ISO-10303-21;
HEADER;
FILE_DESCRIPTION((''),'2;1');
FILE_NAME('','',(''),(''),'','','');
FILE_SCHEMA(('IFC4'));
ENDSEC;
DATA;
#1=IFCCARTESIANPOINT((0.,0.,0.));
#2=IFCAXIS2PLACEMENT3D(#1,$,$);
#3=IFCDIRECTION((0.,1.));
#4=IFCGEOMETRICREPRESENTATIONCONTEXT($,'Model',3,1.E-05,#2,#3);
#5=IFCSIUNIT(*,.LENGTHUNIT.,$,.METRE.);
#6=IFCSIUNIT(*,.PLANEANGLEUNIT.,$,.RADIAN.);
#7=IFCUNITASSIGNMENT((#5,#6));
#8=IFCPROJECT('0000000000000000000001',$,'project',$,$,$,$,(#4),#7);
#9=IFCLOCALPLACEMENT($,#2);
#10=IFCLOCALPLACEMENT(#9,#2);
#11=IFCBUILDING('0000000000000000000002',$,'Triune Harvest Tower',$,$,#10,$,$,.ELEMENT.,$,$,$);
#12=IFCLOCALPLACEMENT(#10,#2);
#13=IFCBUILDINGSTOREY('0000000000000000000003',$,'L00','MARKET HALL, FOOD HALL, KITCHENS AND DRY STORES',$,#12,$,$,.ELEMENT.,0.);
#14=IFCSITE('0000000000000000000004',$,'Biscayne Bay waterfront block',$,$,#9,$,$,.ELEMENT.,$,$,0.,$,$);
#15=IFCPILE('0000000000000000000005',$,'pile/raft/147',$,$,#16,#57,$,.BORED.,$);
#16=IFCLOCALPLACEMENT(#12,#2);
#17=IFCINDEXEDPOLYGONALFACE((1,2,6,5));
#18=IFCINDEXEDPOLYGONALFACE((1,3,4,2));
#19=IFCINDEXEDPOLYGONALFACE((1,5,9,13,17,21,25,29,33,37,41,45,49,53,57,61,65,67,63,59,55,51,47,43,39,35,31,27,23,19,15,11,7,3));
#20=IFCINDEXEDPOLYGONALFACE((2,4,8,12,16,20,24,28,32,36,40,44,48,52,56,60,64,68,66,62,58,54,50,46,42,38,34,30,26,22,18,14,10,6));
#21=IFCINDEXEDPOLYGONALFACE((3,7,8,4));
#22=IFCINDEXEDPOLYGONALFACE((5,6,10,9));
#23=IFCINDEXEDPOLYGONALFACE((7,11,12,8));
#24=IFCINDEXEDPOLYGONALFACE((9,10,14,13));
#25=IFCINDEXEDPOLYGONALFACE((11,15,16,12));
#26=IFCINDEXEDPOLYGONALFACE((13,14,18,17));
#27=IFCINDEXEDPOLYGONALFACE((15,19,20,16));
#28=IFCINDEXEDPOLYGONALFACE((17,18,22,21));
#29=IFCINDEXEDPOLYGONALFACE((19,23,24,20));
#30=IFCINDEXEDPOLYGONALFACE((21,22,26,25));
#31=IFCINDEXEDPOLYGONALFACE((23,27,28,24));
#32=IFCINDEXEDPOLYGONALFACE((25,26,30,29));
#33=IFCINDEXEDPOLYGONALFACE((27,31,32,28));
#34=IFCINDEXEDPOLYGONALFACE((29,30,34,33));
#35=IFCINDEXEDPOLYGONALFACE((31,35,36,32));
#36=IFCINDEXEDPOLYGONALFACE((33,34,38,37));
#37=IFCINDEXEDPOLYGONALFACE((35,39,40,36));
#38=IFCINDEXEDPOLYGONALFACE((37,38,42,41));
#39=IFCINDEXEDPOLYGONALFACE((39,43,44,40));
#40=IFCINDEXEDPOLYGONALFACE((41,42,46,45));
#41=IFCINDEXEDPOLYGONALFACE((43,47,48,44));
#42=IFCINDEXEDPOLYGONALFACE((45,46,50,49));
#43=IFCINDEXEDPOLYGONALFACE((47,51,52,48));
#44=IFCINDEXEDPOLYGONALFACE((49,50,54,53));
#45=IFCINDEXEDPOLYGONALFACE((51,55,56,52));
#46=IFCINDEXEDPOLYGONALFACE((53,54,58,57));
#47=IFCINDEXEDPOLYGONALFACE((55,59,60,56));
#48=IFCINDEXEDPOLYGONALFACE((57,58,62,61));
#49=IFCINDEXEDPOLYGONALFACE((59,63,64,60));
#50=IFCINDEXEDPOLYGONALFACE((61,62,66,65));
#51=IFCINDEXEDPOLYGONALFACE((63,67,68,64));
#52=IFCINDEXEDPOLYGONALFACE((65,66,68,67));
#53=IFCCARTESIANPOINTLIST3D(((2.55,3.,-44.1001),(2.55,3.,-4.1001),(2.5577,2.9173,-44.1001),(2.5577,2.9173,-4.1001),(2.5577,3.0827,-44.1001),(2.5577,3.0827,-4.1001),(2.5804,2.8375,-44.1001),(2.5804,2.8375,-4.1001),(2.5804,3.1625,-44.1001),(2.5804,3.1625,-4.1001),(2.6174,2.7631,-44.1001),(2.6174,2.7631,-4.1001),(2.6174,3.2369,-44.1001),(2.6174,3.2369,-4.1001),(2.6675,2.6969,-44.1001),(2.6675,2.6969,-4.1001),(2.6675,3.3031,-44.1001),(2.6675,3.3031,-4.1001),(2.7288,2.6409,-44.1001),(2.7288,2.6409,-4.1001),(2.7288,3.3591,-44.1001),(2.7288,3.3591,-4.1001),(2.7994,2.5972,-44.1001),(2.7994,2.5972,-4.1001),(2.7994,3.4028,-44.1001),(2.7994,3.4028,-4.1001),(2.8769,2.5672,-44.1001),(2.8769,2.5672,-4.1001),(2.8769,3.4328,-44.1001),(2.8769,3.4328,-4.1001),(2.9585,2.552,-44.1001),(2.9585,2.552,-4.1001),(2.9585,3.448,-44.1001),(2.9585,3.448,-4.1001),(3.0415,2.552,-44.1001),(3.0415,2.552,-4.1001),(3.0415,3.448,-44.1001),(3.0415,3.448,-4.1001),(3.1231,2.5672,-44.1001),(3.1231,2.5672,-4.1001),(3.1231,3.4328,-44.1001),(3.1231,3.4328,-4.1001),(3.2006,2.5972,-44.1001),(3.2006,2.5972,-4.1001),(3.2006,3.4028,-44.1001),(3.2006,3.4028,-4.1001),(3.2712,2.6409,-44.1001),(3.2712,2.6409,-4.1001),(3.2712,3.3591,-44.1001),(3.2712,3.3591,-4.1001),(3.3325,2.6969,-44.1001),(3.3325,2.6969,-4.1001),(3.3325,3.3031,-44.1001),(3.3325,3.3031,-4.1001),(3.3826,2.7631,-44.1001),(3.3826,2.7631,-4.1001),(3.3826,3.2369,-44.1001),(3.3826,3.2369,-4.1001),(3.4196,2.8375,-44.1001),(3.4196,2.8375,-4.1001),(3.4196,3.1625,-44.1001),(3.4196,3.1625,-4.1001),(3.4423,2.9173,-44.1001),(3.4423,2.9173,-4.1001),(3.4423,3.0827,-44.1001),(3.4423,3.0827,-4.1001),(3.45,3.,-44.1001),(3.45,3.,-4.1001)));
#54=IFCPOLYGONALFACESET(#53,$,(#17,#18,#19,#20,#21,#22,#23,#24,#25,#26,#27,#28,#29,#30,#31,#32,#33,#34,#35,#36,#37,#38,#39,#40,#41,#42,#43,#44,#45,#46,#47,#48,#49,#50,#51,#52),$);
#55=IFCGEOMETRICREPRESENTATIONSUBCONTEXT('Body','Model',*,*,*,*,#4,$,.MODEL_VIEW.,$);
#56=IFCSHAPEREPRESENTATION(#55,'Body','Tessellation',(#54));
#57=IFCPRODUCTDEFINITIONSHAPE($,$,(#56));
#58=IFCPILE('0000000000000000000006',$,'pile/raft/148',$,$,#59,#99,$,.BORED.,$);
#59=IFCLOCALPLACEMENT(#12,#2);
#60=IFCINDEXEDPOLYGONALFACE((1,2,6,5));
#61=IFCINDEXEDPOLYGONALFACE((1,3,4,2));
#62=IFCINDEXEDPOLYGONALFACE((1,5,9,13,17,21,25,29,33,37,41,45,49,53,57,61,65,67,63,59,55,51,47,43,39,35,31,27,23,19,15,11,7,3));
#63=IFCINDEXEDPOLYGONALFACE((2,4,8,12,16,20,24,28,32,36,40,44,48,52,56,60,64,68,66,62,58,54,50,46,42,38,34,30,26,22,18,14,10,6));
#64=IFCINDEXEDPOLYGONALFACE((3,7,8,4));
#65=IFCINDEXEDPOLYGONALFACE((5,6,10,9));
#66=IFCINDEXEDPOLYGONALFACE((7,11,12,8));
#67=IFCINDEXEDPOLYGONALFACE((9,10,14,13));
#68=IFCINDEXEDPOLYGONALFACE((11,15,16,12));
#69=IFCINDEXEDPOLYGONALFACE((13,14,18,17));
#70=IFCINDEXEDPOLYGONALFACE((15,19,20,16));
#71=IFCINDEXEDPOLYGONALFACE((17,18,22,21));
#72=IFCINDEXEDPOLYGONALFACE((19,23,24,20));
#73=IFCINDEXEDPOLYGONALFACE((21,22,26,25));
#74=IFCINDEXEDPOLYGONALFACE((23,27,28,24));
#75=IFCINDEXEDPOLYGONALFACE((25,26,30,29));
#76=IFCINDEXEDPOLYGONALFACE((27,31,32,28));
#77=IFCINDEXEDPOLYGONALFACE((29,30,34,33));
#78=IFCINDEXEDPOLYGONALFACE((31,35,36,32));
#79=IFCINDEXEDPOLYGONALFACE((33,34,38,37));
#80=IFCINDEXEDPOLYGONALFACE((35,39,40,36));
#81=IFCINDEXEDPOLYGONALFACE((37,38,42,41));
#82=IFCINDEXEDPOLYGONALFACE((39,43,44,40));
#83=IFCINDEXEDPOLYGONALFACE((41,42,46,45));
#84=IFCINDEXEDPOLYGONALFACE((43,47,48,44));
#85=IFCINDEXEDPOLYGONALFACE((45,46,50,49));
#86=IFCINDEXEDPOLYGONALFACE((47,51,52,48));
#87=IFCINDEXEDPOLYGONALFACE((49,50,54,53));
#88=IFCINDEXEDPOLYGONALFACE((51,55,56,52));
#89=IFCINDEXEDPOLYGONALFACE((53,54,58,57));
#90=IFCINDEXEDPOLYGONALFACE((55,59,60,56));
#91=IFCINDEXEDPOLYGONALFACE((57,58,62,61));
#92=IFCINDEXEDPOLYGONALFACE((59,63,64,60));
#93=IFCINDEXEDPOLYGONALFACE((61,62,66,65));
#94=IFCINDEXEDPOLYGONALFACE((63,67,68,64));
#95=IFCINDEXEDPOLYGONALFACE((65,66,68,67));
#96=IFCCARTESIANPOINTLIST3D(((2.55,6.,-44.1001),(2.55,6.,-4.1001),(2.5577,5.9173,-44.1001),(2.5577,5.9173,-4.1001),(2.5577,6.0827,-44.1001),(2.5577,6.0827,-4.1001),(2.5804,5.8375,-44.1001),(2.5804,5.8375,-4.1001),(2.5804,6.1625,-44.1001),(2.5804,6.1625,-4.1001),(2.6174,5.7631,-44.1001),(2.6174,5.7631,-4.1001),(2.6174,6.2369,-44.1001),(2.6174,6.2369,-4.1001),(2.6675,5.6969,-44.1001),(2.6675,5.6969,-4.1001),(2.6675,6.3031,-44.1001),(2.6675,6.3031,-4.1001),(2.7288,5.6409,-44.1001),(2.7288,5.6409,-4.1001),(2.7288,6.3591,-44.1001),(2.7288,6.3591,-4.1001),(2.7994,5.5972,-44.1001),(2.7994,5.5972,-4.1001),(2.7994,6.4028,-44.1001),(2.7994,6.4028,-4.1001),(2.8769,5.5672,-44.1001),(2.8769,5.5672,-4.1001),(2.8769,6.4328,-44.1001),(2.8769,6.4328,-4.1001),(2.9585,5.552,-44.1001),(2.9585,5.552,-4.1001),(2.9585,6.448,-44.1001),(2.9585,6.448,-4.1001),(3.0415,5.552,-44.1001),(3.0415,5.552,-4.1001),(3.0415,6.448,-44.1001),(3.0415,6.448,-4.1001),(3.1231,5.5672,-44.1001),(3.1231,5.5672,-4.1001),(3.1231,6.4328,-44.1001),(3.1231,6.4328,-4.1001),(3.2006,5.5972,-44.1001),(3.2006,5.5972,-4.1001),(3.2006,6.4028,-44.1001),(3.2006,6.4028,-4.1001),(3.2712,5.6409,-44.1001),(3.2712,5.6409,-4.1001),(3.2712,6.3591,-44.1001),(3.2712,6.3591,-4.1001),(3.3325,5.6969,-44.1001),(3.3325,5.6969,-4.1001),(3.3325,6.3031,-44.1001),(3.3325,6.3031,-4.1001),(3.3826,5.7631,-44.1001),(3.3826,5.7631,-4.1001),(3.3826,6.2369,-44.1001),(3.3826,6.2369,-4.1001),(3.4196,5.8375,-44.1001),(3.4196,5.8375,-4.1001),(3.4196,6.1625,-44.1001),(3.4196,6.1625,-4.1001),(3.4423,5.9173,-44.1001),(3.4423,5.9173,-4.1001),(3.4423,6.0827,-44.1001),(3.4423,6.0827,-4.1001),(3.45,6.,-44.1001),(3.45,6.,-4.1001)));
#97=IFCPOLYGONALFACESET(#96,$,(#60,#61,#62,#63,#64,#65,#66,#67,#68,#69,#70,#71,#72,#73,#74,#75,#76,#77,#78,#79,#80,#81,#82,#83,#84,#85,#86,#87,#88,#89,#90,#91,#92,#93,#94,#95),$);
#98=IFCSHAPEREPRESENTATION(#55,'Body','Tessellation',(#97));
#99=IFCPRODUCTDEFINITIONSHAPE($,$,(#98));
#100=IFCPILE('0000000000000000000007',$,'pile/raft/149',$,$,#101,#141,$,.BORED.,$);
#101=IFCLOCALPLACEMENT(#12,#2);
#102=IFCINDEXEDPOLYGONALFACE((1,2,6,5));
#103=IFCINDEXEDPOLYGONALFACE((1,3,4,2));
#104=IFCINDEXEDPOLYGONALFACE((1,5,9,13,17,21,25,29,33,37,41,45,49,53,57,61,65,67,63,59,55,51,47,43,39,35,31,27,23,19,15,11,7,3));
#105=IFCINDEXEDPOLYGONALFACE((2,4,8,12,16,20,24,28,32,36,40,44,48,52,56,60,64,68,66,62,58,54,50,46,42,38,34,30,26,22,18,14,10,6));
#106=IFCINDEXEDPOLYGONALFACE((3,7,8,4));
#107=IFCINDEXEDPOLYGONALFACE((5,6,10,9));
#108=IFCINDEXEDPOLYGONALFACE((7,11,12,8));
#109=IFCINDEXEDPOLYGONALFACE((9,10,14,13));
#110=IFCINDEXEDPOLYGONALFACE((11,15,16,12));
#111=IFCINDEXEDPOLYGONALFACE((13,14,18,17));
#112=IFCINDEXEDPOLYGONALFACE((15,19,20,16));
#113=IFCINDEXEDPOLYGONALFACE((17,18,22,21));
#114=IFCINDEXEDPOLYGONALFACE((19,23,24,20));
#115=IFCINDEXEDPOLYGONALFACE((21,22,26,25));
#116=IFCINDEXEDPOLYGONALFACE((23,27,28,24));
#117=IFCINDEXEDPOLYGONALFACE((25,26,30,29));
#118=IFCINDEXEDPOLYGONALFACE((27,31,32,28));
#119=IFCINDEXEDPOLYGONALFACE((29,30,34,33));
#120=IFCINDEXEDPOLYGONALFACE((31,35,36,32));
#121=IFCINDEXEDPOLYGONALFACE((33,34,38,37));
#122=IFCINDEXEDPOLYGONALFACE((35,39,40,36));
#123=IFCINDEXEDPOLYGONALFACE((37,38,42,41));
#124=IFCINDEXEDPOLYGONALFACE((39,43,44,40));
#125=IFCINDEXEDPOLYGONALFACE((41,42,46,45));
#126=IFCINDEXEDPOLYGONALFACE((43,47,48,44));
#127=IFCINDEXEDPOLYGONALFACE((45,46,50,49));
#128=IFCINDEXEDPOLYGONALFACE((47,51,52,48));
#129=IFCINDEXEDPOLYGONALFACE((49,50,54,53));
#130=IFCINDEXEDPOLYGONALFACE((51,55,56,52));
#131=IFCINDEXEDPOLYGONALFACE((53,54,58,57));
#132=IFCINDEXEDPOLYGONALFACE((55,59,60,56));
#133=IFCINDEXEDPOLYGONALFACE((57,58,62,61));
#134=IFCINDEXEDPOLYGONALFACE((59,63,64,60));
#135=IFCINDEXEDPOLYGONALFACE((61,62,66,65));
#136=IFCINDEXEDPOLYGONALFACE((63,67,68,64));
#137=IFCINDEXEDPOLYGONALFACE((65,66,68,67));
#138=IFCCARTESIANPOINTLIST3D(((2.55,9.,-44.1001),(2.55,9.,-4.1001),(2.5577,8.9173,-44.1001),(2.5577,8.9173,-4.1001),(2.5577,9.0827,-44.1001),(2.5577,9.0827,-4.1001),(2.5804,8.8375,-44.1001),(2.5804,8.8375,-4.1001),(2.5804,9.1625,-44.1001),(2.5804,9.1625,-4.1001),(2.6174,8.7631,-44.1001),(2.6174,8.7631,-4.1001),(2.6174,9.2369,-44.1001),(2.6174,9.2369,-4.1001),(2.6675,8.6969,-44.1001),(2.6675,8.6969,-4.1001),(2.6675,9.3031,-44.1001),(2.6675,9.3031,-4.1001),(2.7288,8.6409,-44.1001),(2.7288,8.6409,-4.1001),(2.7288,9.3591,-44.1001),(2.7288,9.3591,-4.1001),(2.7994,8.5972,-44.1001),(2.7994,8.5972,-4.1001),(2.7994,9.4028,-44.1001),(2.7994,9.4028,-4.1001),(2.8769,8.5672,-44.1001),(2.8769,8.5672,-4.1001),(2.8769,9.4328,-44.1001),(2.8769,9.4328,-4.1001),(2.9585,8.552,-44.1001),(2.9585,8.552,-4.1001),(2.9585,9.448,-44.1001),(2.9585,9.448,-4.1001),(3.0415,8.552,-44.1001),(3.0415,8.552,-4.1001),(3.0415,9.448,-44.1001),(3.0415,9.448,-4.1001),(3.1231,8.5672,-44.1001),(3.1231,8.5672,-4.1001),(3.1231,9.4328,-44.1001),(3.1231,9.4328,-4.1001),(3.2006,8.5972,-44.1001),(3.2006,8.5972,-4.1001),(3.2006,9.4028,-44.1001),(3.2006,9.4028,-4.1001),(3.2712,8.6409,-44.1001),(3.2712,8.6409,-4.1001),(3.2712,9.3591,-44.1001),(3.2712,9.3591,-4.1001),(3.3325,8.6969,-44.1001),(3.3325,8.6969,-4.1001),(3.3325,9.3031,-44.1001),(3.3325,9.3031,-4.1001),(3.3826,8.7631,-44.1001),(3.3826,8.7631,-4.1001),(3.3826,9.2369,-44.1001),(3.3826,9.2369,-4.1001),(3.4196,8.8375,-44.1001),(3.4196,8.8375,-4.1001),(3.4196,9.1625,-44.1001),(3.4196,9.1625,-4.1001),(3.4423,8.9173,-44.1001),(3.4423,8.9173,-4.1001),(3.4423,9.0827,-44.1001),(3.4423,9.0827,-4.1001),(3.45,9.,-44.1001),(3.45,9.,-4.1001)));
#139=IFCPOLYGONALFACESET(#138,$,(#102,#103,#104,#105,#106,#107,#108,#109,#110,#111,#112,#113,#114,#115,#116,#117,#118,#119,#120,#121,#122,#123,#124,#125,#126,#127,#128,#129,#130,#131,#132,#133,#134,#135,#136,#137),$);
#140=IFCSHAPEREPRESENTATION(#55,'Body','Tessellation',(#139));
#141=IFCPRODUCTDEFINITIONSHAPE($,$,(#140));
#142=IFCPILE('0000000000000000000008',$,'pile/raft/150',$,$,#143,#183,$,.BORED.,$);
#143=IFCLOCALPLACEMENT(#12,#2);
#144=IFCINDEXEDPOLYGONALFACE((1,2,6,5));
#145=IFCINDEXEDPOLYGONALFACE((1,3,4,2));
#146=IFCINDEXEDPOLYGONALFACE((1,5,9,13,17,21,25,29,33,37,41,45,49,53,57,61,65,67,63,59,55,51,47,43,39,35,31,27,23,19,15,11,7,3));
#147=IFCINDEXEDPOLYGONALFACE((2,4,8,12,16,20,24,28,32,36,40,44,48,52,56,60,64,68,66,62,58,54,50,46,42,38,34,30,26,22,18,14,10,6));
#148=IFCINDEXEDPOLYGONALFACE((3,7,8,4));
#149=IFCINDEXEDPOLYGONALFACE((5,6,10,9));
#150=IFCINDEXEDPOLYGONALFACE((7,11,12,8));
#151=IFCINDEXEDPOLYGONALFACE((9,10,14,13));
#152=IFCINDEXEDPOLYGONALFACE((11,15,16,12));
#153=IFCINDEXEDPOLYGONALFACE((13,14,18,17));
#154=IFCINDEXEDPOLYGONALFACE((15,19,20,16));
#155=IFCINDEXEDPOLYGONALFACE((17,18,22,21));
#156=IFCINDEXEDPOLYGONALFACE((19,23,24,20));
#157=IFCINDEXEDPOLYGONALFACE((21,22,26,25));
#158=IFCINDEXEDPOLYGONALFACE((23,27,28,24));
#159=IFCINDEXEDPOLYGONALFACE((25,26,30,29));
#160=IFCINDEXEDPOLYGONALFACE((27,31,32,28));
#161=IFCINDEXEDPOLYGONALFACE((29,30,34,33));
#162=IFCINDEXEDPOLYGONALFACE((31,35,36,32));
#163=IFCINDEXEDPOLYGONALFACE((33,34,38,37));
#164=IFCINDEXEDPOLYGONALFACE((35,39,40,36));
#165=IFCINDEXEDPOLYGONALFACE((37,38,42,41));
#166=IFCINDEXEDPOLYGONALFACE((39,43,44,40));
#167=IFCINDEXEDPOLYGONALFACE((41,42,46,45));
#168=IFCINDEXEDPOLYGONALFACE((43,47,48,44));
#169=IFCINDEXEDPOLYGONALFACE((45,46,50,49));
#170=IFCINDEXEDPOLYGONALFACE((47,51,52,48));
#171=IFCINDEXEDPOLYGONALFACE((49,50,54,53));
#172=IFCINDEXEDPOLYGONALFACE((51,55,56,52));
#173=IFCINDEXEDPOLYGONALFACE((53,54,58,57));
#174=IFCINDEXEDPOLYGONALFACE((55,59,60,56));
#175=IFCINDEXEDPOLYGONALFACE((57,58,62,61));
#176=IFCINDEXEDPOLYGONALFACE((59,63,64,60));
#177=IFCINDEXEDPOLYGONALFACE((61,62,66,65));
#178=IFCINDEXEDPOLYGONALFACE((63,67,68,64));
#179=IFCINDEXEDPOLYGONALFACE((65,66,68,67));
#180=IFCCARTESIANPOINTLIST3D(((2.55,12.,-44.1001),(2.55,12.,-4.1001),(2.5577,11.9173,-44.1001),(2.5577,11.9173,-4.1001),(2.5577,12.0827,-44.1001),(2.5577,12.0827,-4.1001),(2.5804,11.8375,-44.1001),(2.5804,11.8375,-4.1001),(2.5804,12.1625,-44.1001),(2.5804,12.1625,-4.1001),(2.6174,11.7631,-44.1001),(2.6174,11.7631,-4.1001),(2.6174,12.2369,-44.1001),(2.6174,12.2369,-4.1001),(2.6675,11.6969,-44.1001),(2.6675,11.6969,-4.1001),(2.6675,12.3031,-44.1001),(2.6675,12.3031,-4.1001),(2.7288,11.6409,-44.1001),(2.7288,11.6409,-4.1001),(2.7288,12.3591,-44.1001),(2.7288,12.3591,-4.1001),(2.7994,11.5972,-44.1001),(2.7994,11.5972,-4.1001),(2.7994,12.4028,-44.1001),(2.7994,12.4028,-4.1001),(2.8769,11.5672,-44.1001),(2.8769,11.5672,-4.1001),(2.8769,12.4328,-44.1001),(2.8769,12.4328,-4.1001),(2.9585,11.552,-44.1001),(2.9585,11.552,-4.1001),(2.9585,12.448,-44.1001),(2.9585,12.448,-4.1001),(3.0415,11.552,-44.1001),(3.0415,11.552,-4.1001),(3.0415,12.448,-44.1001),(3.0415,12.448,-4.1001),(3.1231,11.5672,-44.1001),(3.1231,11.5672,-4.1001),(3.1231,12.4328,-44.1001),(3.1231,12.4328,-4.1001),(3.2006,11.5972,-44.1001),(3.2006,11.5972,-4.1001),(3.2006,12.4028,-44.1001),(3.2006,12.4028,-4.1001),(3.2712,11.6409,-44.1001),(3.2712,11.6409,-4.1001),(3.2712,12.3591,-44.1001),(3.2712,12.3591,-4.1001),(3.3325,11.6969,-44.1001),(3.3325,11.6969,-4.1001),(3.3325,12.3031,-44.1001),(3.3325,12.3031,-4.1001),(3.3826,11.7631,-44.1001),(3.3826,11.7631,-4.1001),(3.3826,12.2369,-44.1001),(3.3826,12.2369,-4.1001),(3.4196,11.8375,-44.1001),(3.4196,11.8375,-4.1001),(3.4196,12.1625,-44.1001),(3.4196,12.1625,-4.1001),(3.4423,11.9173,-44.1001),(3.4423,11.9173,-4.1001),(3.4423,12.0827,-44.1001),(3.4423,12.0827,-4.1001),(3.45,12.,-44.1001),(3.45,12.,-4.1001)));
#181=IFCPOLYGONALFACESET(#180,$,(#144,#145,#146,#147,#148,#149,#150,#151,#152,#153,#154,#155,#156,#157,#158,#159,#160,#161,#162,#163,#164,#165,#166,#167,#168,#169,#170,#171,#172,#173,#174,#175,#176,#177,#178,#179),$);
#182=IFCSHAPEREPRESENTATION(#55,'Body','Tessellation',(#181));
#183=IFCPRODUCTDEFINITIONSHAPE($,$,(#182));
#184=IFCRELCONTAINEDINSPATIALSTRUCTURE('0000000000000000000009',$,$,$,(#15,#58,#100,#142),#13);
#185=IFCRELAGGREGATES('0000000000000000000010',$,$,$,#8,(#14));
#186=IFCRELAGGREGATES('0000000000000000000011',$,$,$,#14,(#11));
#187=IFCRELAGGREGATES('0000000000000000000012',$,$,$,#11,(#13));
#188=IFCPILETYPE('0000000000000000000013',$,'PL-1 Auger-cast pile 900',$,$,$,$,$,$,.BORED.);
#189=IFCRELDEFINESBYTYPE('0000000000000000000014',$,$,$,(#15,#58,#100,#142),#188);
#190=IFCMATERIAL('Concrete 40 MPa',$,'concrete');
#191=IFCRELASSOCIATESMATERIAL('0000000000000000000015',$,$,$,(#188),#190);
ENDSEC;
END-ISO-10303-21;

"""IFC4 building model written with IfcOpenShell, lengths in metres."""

from ifc_helpers import new_model, si_unit, direction, frame, origin, origin_2d, place, context, subcontext, project, spatial, circle, extrude, source, transform, mapped, material, material_profile, profile_set, type_object, element, save


model = new_model("IFC4")

# Units and contexts
model_context = context("Model", 3, precision=1e-05, world=origin(), true_north=direction((0.0, 1.0)))
body_context = subcontext(model_context, "Body", "Model", "MODEL_VIEW")
ifc_project = project(units=[si_unit("LENGTHUNIT", "METRE"), si_unit("PLANEANGLEUNIT", "RADIAN")], contexts=[model_context])

# Site, building, storey
site_placement = place(None, origin())
site = spatial("IfcSite", under=ifc_project, at=site_placement, Name="Biscayne Bay waterfront block", CompositionType="ELEMENT", RefElevation=0.0)
building_placement = place(site_placement, origin())
building = spatial("IfcBuilding", under=site, at=building_placement, Name="Triune Harvest Tower", CompositionType="ELEMENT")
storey_placement = place(building_placement, origin())
storey = spatial("IfcBuildingStorey", under=building, at=storey_placement, Name="L00", Description="MARKET HALL, FOOD HALL, KITCHENS AND DRY STORES", CompositionType="ELEMENT", Elevation=0.0)

# Piles
ifc_material_1 = material(Name="Concrete 40 MPa", Category="concrete")
ifc_material_profile = material_profile(ifc_material_1, circle(Radius=0.45, at=origin_2d()), Name="Bored 900")
ifc_profile_set = profile_set([ifc_material_profile], Name="Concrete 40 MPa")
pile_type = type_object("IfcPileType", Name="PL-1 Auger-cast pile 900", PredefinedType="BORED", material=ifc_profile_set)
shared_shape_1 = source(origin(), body_context, "Body", "SweptSolid", [
    extrude(circle(Radius=0.45, at=origin_2d()), origin(), (0.0, 0.0, 1.0), 40.0),
])
for number, where, z_axis, x_axis, name in (
    (1, (3.0, 3.0, -4.1001), (0.0, 0.0, -1.0), (1.0, 0.0, 0.0), "pile/raft/147"),
    (2, (3.0, 6.0, -4.1001), (0.0, 0.0, -1.0), (1.0, 0.0, 0.0), "pile/raft/148"),
    (3, (3.0, 9.0, -4.1001), (0.0, 0.0, -1.0), (1.0, 0.0, 0.0), "pile/raft/149"),
    (4, (3.0, 12.0, -4.1001), (0.0, 0.0, -1.0), (1.0, 0.0, 0.0), "pile/raft/150"),
):
    element("IfcPile", number, at=place(storey_placement, frame(where, z_axis=z_axis, x_axis=x_axis)), inside=storey, type_object=pile_type, Name=name, PredefinedType="BORED", context=body_context, shape_type="MappedRepresentation", body=[
        mapped(shared_shape_1, transform((0.0, 0.0, 0.0), scale=1.0)),
    ])

save(model, "model.ifc")
